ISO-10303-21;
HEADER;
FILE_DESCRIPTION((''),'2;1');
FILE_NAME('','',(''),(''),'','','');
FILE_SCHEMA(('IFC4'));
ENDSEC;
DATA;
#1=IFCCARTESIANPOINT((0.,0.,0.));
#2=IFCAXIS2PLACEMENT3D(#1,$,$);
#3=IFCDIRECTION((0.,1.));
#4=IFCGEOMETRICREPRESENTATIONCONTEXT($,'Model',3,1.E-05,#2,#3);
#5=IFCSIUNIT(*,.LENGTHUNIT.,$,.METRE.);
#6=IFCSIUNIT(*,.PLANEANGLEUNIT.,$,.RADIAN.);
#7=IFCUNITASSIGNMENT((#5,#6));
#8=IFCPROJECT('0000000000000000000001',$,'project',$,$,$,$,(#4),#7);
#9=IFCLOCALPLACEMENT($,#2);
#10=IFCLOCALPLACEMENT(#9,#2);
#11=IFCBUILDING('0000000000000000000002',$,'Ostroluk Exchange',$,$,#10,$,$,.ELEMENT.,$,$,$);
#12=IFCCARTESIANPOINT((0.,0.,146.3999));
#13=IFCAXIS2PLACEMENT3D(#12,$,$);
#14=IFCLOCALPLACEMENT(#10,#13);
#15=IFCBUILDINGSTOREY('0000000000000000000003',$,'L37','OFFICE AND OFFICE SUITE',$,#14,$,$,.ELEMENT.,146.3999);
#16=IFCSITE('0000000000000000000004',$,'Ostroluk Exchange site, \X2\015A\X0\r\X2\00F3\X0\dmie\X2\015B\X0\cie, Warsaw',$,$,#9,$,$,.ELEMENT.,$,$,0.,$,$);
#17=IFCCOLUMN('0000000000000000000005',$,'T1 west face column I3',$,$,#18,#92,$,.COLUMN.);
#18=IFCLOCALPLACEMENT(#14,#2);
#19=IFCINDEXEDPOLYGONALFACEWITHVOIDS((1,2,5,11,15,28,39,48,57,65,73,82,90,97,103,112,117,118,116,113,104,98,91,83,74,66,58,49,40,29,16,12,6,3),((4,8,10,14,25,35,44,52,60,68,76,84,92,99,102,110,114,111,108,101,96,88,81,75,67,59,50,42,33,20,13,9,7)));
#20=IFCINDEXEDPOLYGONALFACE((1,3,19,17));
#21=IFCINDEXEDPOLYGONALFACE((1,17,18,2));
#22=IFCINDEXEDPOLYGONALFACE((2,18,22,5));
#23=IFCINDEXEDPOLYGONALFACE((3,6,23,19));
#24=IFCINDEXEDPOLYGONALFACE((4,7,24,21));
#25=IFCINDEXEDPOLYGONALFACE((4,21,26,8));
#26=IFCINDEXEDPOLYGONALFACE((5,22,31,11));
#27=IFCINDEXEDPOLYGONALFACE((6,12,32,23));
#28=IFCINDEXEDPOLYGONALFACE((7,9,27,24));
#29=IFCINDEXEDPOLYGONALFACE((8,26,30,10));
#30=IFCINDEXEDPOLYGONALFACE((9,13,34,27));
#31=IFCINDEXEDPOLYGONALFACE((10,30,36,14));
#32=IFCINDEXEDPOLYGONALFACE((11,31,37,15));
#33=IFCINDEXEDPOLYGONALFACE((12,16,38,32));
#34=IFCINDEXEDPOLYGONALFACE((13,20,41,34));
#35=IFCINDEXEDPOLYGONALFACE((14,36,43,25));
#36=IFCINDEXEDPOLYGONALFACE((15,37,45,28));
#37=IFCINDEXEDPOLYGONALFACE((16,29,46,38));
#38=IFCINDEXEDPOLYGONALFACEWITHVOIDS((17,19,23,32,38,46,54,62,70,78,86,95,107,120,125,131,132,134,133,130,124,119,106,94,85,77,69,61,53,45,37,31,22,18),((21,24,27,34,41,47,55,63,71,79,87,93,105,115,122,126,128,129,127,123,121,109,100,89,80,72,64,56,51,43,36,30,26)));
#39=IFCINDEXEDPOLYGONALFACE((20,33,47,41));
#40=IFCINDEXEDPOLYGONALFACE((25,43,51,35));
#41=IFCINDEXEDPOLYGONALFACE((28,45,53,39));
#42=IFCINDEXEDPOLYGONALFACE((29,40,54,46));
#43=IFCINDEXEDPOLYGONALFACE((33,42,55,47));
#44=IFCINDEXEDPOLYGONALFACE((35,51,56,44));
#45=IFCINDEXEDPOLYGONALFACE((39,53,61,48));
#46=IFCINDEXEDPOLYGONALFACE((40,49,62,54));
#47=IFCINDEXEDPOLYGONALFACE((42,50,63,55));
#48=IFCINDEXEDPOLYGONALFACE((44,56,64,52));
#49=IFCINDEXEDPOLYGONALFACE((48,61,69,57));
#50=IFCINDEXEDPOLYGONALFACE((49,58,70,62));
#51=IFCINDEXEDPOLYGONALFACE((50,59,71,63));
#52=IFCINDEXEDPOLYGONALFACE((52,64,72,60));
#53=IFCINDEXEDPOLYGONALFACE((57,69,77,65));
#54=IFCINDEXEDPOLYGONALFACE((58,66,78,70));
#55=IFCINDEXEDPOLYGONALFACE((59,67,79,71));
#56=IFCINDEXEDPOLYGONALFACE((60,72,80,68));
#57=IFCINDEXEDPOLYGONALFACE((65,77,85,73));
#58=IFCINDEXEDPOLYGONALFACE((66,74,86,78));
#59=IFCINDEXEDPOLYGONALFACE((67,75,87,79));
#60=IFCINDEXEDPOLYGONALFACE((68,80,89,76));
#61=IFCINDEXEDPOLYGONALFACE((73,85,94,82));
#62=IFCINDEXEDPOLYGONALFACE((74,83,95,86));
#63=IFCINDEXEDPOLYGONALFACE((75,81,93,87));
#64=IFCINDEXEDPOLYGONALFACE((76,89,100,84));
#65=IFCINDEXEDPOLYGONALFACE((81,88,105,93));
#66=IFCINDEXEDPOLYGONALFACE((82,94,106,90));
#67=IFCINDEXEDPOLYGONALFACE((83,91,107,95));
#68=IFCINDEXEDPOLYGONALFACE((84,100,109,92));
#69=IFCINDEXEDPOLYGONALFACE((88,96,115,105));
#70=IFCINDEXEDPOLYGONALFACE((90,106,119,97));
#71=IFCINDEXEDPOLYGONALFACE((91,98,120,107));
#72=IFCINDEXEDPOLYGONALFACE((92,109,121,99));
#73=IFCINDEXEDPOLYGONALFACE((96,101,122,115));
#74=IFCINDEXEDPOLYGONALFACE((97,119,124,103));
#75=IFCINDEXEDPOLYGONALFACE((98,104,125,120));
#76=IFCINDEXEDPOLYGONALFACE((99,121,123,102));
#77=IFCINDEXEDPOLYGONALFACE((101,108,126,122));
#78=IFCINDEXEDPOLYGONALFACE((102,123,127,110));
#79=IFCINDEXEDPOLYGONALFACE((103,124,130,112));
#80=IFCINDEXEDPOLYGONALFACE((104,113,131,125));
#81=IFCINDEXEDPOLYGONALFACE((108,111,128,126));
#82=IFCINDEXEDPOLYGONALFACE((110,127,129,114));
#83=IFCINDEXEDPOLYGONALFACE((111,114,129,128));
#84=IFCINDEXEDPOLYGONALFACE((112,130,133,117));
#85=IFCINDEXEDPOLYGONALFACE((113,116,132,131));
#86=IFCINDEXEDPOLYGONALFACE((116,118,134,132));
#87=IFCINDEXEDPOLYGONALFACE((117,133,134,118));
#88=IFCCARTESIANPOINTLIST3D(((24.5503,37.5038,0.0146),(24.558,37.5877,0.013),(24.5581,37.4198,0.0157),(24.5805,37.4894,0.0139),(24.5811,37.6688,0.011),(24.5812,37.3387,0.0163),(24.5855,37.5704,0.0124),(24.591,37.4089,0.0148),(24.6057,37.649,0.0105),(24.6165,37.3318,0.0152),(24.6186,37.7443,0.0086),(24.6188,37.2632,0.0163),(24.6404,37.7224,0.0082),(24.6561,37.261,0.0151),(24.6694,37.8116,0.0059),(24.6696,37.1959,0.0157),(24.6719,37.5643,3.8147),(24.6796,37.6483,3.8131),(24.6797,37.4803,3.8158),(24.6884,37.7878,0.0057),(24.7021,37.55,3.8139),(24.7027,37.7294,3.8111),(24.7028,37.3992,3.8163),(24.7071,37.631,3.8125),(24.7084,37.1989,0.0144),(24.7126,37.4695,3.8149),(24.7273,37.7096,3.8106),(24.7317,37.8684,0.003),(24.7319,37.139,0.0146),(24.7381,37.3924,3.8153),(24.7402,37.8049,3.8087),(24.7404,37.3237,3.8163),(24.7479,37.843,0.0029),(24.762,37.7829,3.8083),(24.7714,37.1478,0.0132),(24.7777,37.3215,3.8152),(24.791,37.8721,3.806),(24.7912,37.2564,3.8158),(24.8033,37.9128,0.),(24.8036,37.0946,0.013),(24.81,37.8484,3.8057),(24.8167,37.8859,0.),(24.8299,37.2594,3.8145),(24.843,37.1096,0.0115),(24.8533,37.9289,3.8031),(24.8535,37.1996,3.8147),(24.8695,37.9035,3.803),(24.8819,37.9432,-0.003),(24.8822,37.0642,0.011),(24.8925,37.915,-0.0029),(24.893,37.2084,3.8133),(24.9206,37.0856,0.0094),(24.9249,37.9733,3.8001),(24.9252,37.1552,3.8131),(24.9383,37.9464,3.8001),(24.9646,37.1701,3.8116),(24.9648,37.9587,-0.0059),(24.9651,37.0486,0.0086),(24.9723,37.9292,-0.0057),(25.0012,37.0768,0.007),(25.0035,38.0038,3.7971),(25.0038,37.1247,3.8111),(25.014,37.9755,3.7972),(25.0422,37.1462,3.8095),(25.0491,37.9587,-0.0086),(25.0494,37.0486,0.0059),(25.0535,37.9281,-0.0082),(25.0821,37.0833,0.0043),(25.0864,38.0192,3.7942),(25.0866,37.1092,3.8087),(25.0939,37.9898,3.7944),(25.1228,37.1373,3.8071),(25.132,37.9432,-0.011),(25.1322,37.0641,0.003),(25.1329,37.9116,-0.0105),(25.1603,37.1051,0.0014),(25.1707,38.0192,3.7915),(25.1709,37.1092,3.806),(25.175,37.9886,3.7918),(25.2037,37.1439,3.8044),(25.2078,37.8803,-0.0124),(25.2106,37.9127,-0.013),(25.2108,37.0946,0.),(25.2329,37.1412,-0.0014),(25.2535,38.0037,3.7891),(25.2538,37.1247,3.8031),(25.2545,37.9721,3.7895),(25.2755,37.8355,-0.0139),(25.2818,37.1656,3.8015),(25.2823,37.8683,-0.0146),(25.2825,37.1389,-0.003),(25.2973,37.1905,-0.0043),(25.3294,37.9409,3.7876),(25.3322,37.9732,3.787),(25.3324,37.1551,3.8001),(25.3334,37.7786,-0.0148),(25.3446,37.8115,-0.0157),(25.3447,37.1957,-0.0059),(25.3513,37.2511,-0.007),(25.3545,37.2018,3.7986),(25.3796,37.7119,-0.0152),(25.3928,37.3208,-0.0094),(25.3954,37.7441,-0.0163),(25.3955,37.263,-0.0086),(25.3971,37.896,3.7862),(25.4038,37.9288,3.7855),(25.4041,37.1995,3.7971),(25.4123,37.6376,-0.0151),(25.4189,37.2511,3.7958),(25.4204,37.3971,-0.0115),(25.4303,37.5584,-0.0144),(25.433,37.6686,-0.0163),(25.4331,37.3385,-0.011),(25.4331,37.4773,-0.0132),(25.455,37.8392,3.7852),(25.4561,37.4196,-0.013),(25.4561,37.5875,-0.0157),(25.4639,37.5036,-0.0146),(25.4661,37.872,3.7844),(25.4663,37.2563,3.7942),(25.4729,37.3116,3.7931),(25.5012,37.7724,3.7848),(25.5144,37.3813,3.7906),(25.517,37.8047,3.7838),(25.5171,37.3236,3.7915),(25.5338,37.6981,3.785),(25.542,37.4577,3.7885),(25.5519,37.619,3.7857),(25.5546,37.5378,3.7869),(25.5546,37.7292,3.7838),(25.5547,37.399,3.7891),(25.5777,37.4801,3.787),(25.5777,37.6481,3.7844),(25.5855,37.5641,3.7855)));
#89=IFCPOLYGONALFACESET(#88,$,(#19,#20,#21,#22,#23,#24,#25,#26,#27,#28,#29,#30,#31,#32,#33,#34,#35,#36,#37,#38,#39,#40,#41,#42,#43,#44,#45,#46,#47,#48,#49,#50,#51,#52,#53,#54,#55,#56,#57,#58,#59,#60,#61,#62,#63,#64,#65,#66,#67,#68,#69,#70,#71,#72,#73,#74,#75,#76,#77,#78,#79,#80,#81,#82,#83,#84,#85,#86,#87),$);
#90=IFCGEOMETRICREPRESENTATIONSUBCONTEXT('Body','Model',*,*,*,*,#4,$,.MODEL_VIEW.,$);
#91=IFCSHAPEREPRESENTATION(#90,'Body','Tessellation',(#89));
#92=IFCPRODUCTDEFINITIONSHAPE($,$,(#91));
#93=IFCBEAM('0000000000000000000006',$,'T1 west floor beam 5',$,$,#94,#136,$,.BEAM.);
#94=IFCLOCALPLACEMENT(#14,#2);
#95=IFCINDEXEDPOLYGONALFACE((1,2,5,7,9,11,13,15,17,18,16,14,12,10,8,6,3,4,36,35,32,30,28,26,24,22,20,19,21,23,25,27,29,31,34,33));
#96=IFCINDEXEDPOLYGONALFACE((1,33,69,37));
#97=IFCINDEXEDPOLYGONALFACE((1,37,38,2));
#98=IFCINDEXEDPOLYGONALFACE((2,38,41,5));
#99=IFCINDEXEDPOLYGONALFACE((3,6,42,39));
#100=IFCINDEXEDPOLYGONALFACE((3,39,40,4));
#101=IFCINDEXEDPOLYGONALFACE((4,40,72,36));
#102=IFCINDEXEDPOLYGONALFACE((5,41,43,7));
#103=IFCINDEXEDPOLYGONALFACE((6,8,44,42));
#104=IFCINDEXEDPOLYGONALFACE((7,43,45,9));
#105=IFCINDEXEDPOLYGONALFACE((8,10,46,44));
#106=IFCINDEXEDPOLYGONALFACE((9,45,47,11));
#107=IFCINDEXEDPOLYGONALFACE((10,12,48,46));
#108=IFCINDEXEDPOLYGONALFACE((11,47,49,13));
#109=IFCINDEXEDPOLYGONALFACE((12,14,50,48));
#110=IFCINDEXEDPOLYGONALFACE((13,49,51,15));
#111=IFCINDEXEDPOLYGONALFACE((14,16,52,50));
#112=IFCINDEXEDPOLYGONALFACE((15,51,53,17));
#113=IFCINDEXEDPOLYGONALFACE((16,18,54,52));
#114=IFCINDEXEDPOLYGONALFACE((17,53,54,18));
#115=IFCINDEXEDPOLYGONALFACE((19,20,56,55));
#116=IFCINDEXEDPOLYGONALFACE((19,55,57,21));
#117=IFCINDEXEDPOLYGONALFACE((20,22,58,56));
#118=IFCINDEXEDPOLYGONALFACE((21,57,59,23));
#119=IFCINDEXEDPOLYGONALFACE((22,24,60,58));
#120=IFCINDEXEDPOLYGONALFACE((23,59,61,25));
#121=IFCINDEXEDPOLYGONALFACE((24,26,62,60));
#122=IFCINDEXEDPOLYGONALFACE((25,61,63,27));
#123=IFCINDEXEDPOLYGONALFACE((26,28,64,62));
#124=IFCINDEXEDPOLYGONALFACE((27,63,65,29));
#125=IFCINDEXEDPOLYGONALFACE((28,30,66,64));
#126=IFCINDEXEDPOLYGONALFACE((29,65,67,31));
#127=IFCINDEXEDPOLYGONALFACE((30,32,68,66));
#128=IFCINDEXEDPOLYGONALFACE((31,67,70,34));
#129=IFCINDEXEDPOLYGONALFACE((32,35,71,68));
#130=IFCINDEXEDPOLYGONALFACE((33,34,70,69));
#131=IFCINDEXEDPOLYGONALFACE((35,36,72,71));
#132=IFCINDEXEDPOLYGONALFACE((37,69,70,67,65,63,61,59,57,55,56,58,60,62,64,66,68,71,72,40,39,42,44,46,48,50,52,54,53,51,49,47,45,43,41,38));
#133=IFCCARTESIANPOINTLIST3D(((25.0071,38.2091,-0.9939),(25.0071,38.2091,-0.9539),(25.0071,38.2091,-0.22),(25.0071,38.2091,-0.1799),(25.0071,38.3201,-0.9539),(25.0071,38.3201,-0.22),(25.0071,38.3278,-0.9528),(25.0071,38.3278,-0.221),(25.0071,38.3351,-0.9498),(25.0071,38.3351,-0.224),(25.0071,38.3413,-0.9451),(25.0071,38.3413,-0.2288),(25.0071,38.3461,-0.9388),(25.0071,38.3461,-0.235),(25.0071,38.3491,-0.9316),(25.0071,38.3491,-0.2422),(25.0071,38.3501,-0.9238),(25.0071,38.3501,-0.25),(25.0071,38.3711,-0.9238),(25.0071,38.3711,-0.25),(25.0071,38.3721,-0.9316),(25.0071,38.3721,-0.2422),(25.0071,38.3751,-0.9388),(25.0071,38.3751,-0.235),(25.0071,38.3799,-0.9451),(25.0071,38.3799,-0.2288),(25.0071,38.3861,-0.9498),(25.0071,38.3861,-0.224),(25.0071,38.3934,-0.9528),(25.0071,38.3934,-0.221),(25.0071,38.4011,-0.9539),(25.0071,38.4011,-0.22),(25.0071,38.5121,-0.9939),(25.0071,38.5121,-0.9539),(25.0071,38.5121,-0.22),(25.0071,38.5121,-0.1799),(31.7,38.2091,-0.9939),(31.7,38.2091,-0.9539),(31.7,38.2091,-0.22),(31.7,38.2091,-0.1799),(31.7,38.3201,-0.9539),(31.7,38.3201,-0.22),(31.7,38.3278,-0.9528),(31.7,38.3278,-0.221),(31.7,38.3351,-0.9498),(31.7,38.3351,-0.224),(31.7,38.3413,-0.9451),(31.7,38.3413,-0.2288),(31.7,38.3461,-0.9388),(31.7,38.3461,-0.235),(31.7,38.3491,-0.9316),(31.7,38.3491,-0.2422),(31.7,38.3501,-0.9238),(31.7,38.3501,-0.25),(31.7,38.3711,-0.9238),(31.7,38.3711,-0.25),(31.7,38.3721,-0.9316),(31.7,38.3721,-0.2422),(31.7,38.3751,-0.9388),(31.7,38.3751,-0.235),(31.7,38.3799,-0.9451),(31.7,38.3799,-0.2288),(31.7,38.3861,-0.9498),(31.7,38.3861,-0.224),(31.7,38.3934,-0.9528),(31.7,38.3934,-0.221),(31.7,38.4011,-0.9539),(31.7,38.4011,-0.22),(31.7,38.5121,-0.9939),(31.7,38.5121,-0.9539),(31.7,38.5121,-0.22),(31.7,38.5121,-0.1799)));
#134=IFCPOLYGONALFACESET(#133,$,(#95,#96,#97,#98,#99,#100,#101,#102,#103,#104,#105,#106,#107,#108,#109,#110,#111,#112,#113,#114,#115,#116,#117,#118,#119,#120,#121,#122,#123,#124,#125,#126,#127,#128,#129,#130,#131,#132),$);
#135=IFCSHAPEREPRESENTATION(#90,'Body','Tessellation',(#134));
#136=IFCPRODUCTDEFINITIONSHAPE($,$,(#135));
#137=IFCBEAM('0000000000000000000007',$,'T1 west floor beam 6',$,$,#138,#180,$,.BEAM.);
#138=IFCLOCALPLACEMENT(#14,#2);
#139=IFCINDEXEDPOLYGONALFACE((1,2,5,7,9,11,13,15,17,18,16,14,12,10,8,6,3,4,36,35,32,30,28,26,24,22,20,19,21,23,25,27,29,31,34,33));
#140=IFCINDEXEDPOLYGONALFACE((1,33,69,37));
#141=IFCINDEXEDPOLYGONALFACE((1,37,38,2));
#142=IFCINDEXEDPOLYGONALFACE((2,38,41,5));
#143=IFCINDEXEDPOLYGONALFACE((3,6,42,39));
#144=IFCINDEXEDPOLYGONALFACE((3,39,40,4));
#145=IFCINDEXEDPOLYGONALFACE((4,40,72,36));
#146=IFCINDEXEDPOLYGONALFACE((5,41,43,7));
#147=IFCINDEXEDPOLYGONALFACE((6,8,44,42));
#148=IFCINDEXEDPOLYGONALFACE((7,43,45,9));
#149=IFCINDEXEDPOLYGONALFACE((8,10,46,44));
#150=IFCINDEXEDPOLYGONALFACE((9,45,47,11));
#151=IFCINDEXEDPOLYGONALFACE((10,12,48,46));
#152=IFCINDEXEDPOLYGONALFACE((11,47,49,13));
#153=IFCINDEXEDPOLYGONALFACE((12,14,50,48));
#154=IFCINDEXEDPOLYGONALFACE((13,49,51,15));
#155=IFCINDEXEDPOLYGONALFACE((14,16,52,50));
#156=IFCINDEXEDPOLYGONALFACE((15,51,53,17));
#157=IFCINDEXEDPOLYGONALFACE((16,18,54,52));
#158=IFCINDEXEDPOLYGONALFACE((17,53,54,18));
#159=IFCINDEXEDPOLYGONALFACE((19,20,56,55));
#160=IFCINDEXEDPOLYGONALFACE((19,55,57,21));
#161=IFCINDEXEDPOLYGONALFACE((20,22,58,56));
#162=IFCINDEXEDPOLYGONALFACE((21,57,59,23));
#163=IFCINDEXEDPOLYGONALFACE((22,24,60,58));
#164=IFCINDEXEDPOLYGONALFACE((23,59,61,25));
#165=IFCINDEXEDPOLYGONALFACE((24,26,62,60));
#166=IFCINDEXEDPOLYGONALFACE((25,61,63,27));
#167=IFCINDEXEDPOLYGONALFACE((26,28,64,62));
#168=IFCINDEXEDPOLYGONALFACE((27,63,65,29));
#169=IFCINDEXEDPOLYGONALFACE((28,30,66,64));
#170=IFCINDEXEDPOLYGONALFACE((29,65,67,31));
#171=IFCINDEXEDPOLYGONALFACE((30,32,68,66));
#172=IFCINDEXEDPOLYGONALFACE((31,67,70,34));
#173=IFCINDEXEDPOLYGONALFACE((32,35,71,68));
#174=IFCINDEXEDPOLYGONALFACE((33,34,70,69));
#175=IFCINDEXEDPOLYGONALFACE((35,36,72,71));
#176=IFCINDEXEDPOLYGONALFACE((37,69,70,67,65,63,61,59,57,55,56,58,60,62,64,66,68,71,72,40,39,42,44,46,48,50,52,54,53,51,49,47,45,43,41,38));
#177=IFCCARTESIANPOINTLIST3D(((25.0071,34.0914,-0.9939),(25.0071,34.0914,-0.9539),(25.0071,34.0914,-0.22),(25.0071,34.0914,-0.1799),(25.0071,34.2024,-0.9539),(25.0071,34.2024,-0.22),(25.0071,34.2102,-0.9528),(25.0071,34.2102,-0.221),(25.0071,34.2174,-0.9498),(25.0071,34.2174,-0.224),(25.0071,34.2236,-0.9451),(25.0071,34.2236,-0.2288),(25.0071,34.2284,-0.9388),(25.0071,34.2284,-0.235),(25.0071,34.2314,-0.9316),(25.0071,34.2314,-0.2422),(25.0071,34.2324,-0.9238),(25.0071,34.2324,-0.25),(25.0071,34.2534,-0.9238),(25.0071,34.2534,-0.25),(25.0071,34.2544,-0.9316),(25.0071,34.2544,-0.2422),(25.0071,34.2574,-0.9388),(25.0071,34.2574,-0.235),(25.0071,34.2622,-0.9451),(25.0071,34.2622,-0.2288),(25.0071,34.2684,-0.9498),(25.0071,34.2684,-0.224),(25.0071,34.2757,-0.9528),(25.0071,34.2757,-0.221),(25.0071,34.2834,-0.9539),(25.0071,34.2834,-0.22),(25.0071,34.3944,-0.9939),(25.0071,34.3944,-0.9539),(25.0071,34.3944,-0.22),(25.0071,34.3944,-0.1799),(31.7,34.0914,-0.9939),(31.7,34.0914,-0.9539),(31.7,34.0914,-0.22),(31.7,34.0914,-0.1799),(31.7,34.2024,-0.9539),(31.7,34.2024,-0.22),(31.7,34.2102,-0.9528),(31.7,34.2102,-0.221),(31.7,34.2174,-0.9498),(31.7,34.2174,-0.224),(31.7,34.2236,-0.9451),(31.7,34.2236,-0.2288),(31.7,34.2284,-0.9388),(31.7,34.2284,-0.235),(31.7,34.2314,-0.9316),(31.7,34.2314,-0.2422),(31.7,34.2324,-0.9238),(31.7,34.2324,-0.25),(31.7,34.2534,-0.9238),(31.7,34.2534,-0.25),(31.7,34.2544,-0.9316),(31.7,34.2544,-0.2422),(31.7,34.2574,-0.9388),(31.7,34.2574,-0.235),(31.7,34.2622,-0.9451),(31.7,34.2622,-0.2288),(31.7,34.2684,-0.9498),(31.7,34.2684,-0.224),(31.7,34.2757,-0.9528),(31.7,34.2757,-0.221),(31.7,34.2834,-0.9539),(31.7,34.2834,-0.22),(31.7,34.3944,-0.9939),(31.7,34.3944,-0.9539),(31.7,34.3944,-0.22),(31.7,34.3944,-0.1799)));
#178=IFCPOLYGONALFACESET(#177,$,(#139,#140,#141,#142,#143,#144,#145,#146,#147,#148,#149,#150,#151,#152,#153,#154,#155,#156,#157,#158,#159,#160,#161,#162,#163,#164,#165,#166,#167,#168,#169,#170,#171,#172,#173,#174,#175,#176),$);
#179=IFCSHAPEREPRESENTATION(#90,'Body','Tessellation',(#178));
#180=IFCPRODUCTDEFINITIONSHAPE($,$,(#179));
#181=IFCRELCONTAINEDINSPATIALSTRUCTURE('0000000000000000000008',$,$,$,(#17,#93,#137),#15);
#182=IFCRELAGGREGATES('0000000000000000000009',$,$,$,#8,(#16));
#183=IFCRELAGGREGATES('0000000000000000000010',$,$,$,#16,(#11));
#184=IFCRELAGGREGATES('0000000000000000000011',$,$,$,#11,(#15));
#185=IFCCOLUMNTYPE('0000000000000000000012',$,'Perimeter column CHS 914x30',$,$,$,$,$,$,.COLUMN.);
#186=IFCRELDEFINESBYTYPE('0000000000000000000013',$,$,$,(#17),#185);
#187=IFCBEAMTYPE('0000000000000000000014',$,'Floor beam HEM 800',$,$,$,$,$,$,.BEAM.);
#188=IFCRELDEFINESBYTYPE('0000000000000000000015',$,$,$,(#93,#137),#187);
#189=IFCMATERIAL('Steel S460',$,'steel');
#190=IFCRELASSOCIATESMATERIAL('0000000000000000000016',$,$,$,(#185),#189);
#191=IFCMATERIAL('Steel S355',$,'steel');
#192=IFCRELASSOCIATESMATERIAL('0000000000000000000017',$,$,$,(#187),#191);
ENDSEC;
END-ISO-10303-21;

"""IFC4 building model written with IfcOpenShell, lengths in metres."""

from ifc_helpers import new_model, si_unit, direction, frame, origin, origin_2d, place, context, subcontext, project, spatial, hollow_circle, i_section, extrude, material, material_profile, profile_set, type_object, element, save


model = new_model("IFC4")

# Units and contexts
model_context = context("Model", 3, precision=1e-05, world=origin(), true_north=direction((0.0, 1.0)))
body_context = subcontext(model_context, "Body", "Model", "MODEL_VIEW")
ifc_project = project(units=[si_unit("LENGTHUNIT", "METRE"), si_unit("PLANEANGLEUNIT", "RADIAN")], contexts=[model_context])

# Site, building, storey
site_placement = place(None, origin())
site = spatial("IfcSite", under=ifc_project, at=site_placement, Name="Ostroluk Exchange site, Śródmieście, Warsaw", CompositionType="ELEMENT", RefElevation=0.0)
building_placement = place(site_placement, origin())
building = spatial("IfcBuilding", under=site, at=building_placement, Name="Ostroluk Exchange", CompositionType="ELEMENT")
storey_placement = place(building_placement, frame((0.0, 0.0, 146.3999)))
storey = spatial("IfcBuildingStorey", under=building, at=storey_placement, Name="L37", Description="OFFICE AND OFFICE SUITE", CompositionType="ELEMENT", Elevation=146.3999)

# Column
ifc_material_1 = material(Name="Steel S460", Category="steel")
ifc_material_profile_1 = material_profile(ifc_material_1, hollow_circle(Radius=0.457, WallThickness=0.03, at=origin_2d()), Name="CHS 914x30")
ifc_profile_set_1 = profile_set([ifc_material_profile_1], Name="Steel S460")
column_type = type_object("IfcColumnType", Name="Perimeter column CHS 914x30", PredefinedType="COLUMN", material=ifc_profile_set_1)
column_placement = place(storey_placement, frame((25.0071, 37.5037, 0.0), z_axis=(0.031974, 0.015923, 0.999362), x_axis=(-0.445775, 0.895145, 0.0)))
element("IfcColumn", 1, at=column_placement, inside=storey, type_object=column_type, Name="T1 west face column I3", PredefinedType="COLUMN", context=body_context, shape_type="SweptSolid", body=[
    extrude(hollow_circle(Radius=0.457, WallThickness=0.03, at=origin_2d()), origin(), (0.0, 0.0, 1.0), 3.8025),
])

# Beams
ifc_material_2 = material(Name="Steel S355", Category="steel")
ifc_material_profile_2 = material_profile(ifc_material_2, i_section(OverallWidth=0.303, OverallDepth=0.814, WebThickness=0.021, FlangeThickness=0.04, FilletRadius=0.03, at=origin_2d()), Name="HEM 800")
ifc_profile_set_2 = profile_set([ifc_material_profile_2], Name="Steel S355")
beam_type_1 = type_object("IfcBeamType", Name="Floor beam HEM 800", PredefinedType="BEAM", material=ifc_profile_set_2)
for number, where, z_axis, x_axis, name in (
    (2, (31.7, 38.3606, -0.5869), (-1.0, 0.0, 0.0), (0.0, -1.0, 0.0), "T1 west floor beam 5"),
    (3, (31.7, 34.2429, -0.5869), (-1.0, 0.0, 0.0), (0.0, -1.0, 0.0), "T1 west floor beam 6"),
):
    element("IfcBeam", number, at=place(storey_placement, frame(where, z_axis=z_axis, x_axis=x_axis)), inside=storey, type_object=beam_type_1, Name=name, PredefinedType="BEAM", context=body_context, shape_type="SweptSolid", body=[
        extrude(i_section(OverallWidth=0.303, OverallDepth=0.814, WebThickness=0.021, FlangeThickness=0.04, FilletRadius=0.03, at=origin_2d()), origin(), (0.0, 0.0, 1.0), 6.6929),
    ])

save(model, "model.ifc")
